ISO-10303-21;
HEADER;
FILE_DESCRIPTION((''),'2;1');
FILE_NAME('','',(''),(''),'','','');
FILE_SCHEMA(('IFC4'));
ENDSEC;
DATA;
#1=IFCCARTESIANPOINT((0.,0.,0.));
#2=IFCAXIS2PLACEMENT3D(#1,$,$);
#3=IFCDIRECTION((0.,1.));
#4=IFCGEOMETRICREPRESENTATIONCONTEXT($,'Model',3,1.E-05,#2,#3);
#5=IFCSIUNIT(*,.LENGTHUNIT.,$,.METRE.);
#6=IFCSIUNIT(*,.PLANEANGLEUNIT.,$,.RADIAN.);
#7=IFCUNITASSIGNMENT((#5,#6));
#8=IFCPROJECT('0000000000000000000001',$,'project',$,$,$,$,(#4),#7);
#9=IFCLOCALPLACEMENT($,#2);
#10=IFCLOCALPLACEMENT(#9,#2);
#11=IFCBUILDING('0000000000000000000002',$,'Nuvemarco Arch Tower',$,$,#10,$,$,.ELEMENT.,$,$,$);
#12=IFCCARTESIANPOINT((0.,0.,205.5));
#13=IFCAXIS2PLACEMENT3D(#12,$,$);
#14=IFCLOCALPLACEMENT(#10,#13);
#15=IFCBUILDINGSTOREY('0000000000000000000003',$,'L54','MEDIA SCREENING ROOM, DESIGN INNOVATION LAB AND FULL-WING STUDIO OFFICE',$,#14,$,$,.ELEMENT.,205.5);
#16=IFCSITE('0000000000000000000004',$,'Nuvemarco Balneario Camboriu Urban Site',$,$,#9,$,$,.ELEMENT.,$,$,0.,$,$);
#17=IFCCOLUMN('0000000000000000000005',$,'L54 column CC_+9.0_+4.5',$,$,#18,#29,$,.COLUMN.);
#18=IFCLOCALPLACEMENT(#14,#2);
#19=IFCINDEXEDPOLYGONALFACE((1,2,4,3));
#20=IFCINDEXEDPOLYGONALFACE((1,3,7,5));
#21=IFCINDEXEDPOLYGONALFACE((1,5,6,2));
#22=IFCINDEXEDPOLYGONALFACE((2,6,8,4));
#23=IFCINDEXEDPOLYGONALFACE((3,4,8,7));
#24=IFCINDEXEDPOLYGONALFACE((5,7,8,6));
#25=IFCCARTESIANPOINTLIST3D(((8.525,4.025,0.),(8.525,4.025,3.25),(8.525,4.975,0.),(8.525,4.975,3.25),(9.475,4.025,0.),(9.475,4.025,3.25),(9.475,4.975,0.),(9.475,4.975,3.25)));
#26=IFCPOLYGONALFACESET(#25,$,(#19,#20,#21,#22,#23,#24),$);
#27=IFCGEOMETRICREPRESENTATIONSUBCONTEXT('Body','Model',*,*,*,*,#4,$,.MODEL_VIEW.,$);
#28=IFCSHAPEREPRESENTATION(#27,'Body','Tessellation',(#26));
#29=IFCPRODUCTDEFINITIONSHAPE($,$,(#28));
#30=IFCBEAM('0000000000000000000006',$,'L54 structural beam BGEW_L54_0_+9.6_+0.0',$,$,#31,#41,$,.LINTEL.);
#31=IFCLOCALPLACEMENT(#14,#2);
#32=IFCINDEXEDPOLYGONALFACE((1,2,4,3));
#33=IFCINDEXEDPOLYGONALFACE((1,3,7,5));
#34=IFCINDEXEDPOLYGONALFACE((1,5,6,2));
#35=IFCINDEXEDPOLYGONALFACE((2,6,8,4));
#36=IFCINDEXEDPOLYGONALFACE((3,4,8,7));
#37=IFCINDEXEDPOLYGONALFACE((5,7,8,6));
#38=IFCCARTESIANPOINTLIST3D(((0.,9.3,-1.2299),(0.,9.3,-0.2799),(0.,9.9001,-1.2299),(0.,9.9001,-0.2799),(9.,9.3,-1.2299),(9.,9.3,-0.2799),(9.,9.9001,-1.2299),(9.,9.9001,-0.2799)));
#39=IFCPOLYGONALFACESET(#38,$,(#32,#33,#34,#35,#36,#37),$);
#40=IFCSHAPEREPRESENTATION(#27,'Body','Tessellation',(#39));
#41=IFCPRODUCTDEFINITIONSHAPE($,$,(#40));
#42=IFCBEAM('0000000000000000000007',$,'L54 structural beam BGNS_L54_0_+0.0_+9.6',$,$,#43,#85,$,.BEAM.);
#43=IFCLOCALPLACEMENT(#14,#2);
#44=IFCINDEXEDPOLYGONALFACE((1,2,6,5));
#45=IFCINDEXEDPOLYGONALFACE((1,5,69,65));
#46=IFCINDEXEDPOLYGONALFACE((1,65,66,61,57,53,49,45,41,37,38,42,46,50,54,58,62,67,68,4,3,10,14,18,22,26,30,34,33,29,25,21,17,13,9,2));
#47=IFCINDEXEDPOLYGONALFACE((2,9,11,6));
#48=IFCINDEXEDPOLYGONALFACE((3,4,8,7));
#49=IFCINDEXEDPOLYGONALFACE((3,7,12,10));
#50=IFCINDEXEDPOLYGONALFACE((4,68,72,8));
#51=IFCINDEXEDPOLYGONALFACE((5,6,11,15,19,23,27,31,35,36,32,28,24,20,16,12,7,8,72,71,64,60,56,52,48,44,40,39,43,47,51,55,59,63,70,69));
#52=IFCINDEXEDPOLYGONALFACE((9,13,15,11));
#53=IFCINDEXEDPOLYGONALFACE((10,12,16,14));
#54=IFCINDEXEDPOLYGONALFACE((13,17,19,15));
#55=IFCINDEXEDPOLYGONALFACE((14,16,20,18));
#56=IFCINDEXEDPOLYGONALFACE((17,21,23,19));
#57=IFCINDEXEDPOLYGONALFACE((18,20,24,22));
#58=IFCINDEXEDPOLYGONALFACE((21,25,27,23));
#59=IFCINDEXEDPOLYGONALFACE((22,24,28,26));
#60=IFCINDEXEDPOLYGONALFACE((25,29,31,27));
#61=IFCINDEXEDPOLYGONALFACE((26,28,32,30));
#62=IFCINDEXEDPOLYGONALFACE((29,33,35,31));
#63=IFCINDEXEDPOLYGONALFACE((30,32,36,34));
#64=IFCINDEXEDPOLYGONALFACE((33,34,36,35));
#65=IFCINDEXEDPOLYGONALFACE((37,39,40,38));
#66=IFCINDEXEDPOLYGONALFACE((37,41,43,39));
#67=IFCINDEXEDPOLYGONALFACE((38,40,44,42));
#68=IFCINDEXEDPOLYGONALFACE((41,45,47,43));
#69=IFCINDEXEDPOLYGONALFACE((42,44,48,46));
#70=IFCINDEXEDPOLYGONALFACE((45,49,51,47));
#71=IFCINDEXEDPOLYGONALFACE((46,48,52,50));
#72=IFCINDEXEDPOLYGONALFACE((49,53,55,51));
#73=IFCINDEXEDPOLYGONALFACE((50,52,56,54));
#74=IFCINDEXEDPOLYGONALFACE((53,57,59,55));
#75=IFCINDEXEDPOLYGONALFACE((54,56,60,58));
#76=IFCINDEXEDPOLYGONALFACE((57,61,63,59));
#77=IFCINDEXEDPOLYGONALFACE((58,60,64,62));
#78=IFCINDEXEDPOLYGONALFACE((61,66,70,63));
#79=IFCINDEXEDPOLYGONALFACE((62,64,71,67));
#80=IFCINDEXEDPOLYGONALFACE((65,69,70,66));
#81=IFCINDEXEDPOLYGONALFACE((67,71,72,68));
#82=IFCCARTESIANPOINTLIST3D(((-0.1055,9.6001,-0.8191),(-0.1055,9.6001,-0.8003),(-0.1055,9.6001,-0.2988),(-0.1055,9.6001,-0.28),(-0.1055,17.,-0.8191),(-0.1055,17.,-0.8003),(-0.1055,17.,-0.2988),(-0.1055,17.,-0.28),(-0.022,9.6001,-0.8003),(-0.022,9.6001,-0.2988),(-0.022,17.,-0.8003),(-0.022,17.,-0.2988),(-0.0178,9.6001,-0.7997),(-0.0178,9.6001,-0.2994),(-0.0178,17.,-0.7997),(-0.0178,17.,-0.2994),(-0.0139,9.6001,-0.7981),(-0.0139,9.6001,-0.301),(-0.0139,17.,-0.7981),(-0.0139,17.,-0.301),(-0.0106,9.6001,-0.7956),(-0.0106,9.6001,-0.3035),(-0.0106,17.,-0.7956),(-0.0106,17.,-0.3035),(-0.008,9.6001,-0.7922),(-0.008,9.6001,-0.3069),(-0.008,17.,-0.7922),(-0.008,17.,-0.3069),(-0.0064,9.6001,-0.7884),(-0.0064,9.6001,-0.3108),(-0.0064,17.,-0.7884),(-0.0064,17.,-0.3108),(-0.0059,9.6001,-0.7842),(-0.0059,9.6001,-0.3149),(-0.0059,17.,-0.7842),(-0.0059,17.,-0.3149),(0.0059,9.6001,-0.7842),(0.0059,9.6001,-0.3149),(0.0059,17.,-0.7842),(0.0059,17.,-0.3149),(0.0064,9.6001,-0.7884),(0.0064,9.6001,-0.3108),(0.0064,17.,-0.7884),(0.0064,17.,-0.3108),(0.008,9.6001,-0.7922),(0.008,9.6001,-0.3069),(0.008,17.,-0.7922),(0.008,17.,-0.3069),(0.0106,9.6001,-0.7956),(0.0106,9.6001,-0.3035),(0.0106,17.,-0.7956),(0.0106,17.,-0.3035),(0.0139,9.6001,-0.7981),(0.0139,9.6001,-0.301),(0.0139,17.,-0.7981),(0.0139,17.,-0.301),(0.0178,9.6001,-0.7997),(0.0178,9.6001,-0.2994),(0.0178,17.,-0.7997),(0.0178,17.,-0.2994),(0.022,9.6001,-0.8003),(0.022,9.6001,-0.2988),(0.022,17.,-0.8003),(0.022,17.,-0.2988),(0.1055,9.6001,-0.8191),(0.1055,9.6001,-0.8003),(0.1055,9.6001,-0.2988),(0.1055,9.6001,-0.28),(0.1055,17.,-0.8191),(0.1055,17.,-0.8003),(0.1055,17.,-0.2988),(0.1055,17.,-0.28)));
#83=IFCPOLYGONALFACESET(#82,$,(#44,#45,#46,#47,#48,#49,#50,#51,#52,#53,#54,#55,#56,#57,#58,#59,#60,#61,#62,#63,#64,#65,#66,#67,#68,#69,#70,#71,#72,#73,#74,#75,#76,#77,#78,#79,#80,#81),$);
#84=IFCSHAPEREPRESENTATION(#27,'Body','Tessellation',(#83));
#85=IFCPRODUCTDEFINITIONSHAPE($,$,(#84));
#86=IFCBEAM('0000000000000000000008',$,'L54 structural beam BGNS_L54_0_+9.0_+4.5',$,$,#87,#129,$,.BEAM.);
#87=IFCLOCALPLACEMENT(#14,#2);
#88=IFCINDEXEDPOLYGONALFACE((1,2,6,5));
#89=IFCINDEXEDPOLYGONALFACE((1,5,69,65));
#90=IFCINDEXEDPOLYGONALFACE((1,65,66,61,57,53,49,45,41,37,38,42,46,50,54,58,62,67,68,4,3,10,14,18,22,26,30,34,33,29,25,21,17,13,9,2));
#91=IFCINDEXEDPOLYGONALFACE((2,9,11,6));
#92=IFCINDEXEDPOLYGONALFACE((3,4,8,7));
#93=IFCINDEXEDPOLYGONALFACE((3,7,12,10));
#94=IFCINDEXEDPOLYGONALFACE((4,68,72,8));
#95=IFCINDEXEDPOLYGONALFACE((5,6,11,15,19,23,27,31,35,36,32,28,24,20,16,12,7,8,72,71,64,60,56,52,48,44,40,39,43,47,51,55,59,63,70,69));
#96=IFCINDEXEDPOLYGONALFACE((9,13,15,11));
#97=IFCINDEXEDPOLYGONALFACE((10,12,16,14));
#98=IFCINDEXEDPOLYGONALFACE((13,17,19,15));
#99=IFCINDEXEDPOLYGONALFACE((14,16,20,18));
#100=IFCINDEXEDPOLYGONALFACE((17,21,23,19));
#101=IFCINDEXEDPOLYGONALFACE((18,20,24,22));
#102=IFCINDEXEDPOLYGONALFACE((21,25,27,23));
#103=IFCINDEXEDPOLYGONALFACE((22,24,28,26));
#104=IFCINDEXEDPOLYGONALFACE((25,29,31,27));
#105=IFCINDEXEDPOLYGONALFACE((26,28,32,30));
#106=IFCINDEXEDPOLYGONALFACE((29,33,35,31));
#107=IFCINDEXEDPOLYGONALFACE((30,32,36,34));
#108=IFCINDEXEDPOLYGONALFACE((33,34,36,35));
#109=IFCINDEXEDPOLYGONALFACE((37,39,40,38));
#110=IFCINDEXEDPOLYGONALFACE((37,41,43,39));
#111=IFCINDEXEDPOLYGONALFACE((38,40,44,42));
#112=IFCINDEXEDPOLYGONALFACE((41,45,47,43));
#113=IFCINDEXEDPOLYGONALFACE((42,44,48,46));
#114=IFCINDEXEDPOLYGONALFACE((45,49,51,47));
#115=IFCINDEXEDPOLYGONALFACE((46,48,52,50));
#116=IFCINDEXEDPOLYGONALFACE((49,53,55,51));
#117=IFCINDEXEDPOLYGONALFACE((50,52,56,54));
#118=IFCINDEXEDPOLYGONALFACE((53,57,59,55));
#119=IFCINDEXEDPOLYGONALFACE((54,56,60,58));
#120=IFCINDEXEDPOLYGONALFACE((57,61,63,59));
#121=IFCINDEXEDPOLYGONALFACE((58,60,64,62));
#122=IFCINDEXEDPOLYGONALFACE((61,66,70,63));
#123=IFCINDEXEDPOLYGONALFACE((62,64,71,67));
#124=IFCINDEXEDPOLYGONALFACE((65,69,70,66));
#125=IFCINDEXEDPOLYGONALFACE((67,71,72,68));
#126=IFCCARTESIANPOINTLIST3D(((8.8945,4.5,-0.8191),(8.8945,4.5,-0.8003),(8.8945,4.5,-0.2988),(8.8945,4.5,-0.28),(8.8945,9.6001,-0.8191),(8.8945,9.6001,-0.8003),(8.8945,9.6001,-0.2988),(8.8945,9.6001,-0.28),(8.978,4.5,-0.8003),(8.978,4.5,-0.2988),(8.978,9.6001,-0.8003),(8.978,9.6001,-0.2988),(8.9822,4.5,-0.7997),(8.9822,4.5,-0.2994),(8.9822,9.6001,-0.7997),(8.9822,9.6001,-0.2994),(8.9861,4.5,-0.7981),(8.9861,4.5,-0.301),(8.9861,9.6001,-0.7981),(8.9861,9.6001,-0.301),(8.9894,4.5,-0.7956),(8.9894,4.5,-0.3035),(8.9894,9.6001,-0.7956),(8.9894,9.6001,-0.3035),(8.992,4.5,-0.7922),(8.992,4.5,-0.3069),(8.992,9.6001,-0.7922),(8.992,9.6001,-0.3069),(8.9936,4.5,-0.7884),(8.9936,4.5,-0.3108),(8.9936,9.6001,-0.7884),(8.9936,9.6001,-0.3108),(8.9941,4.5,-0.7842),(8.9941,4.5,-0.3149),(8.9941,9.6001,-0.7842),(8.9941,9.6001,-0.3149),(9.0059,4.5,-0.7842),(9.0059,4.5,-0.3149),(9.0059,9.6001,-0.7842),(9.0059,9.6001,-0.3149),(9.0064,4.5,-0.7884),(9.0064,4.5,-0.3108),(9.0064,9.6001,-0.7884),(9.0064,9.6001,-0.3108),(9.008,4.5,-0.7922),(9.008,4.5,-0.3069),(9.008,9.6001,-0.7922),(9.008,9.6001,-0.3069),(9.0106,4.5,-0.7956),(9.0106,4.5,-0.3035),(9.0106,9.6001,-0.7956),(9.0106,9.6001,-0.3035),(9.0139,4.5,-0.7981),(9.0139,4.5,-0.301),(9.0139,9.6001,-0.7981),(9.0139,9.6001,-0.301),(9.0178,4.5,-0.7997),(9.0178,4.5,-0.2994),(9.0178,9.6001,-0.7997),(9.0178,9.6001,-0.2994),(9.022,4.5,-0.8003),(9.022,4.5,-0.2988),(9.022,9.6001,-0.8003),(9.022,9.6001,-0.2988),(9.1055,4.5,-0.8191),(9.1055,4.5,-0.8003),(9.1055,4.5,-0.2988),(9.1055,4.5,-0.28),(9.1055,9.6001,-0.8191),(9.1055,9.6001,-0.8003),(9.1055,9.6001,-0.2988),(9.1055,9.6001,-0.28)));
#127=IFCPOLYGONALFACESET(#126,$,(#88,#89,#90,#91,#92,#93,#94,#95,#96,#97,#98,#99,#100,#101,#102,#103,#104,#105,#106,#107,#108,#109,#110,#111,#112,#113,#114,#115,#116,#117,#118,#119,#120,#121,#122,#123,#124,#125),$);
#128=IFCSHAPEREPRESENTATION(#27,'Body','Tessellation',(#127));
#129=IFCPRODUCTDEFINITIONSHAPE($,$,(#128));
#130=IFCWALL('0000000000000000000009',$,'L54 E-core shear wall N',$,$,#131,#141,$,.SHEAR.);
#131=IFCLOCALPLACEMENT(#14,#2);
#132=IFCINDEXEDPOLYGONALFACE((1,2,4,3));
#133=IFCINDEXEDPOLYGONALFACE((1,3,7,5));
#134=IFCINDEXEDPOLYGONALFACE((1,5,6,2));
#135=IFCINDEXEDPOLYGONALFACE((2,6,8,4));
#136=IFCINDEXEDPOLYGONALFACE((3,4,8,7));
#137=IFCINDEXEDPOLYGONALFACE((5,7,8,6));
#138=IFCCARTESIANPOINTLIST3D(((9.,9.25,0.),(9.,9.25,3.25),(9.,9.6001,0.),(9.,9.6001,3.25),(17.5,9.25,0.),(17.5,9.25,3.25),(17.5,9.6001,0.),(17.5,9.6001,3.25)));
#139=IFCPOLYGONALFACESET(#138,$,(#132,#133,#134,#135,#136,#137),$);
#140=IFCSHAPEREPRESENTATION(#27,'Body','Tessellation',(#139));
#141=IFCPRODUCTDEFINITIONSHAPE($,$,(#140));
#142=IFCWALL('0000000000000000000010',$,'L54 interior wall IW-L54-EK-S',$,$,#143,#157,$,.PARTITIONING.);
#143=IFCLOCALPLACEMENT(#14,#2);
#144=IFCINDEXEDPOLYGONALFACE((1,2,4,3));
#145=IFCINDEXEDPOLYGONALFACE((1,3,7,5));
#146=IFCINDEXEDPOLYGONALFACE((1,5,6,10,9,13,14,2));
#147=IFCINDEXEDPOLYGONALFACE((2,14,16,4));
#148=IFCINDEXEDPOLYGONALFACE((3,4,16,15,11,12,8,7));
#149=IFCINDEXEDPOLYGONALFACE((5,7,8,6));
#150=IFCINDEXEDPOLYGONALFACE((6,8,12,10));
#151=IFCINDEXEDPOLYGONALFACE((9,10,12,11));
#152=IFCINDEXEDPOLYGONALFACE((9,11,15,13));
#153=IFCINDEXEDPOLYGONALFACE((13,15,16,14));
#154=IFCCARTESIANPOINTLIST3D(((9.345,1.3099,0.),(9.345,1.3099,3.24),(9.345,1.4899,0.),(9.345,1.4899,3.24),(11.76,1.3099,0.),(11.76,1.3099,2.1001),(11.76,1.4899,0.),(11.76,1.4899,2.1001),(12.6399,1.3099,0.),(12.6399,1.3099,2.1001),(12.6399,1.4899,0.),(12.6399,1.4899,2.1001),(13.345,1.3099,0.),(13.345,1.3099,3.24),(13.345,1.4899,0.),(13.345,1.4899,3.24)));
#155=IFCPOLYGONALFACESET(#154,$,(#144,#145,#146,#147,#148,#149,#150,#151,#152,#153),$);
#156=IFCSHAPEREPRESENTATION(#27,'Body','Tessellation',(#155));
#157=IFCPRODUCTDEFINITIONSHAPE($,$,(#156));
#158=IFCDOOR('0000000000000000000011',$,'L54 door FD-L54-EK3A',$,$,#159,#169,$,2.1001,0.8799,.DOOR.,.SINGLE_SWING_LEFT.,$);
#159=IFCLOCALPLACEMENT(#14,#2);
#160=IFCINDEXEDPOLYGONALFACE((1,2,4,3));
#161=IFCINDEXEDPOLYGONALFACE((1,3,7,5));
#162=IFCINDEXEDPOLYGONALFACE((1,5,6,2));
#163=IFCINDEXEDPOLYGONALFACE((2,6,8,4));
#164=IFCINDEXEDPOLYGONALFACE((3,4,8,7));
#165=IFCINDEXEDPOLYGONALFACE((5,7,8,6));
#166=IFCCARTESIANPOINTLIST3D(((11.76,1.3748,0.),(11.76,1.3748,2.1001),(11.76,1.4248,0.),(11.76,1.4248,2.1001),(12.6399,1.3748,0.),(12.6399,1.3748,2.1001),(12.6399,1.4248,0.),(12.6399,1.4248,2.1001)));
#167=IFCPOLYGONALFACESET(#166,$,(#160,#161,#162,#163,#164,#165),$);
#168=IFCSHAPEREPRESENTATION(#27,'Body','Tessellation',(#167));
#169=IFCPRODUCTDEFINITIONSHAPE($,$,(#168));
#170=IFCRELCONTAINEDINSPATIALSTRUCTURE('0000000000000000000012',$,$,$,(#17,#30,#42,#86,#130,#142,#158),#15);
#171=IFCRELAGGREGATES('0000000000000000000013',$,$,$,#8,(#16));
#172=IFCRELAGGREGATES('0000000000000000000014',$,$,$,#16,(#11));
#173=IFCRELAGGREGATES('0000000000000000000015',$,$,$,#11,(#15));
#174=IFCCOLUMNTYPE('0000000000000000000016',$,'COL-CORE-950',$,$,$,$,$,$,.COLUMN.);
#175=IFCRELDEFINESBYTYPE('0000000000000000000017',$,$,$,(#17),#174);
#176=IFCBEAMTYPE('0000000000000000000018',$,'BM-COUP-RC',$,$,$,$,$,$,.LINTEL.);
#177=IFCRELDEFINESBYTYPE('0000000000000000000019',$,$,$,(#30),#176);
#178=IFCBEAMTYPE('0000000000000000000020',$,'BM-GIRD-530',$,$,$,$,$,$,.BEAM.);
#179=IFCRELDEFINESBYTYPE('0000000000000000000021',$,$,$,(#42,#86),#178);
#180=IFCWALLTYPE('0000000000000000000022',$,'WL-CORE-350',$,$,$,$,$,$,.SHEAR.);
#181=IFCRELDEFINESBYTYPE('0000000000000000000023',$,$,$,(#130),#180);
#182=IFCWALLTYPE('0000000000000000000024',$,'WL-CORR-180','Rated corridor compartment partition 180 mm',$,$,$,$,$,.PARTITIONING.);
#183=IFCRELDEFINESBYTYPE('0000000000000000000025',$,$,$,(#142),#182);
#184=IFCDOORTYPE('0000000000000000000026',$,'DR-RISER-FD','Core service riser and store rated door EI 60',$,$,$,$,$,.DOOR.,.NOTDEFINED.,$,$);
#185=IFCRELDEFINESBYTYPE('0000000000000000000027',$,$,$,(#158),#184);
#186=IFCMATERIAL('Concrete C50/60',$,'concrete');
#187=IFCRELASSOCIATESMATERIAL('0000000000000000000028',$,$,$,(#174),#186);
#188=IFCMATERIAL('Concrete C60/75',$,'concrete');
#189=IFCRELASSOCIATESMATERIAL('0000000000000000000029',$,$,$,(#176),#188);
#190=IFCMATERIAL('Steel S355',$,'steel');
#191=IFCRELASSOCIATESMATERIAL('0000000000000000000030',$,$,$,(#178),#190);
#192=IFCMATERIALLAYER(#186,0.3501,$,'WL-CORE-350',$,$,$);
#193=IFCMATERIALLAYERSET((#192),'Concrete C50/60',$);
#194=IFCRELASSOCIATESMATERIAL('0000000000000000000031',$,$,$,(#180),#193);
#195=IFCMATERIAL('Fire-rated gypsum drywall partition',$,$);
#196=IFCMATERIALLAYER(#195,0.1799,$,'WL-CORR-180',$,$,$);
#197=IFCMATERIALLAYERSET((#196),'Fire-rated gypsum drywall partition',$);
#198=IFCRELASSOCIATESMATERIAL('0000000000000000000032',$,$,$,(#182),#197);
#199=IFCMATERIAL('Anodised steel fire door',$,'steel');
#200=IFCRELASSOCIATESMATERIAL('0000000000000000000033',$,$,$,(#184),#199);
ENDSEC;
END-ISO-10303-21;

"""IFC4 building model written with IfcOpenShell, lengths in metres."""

from ifc_helpers import new_model, si_unit, direction, frame, frame_2d, origin, origin_2d, place, context, subcontext, project, spatial, rectangle, i_section, extrude, source, transform, mapped, material, layer, layer_set, material_profile, profile_set, type_object, type_shapes, element, fill, save


model = new_model("IFC4")

# Units and contexts
model_context = context("Model", 3, precision=1e-05, world=origin(), true_north=direction((0.0, 1.0)))
body_context = subcontext(model_context, "Body", "Model", "MODEL_VIEW")
ifc_project = project(units=[si_unit("LENGTHUNIT", "METRE"), si_unit("PLANEANGLEUNIT", "RADIAN")], contexts=[model_context])

# Site, building, storey
site_placement = place(None, origin())
site = spatial("IfcSite", under=ifc_project, at=site_placement, Name="Nuvemarco Balneario Camboriu Urban Site", CompositionType="ELEMENT", RefElevation=0.0)
building_placement = place(site_placement, origin())
building = spatial("IfcBuilding", under=site, at=building_placement, Name="Nuvemarco Arch Tower", CompositionType="ELEMENT")
storey_placement = place(building_placement, frame((0.0, 0.0, 205.5)))
storey = spatial("IfcBuildingStorey", under=building, at=storey_placement, Name="L54", Description="MEDIA SCREENING ROOM, DESIGN INNOVATION LAB AND FULL-WING STUDIO OFFICE", CompositionType="ELEMENT", Elevation=205.5)

# Column
ifc_material_1 = material(Name="Concrete C50/60", Category="concrete")
ifc_material_profile_1 = material_profile(ifc_material_1, rectangle(XDim=0.95, YDim=0.95, at=origin_2d()), Name="RC-COL-950x950")
ifc_profile_set_1 = profile_set([ifc_material_profile_1], Name="Concrete C50/60")
column_type = type_object("IfcColumnType", Name="COL-CORE-950", PredefinedType="COLUMN", material=ifc_profile_set_1)
column_placement = place(storey_placement, frame((9.0, 4.5, 0.0), z_axis=(0.0, 0.0, 1.0), x_axis=(1.0, 0.0, 0.0)))
element("IfcColumn", 1, at=column_placement, inside=storey, type_object=column_type, Name="L54 column CC_+9.0_+4.5", PredefinedType="COLUMN", context=body_context, shape_type="SweptSolid", body=[
    extrude(rectangle(XDim=0.95, YDim=0.95, at=origin_2d()), origin(), (0.0, 0.0, 1.0), 3.25),
])

# Beams
ifc_material_2 = material(Name="Concrete C60/75", Category="concrete")
ifc_material_profile_2 = material_profile(ifc_material_2, rectangle(XDim=0.6001, YDim=0.95, at=origin_2d()), Name="RC-BM-600x950")
ifc_profile_set_2 = profile_set([ifc_material_profile_2], Name="Concrete C60/75")
beam_type_1 = type_object("IfcBeamType", Name="BM-COUP-RC", PredefinedType="LINTEL", material=ifc_profile_set_2)
beam_1_placement = place(storey_placement, frame((0.0, 9.6001, -0.7549), z_axis=(1.0, 0.0, 0.0), x_axis=(0.0, 1.0, 0.0)))
element("IfcBeam", 2, at=beam_1_placement, inside=storey, type_object=beam_type_1, Name="L54 structural beam BGEW_L54_0_+9.6_+0.0", PredefinedType="LINTEL", context=body_context, shape_type="SweptSolid", body=[
    extrude(rectangle(XDim=0.6001, YDim=0.95, at=origin_2d()), origin(), (0.0, 0.0, 1.0), 9.0),
])
ifc_material_3 = material(Name="Steel S355", Category="steel")
ifc_material_profile_3 = material_profile(ifc_material_3, i_section(OverallWidth=0.2109, OverallDepth=0.5391, WebThickness=0.0117, FlangeThickness=0.0188, FilletRadius=0.0161, at=origin_2d()), Name="W530x109")
ifc_profile_set_3 = profile_set([ifc_material_profile_3], Name="Steel S355")
beam_type_2 = type_object("IfcBeamType", Name="BM-GIRD-530", PredefinedType="BEAM", material=ifc_profile_set_3)
beam_2_placement = place(storey_placement, frame((0.0, 9.6001, -0.5496), z_axis=(0.0, 1.0, 0.0), x_axis=(-1.0, 0.0, 0.0)))
element("IfcBeam", 3, at=beam_2_placement, inside=storey, type_object=beam_type_2, Name="L54 structural beam BGNS_L54_0_+0.0_+9.6", PredefinedType="BEAM", context=body_context, shape_type="SweptSolid", body=[
    extrude(i_section(OverallWidth=0.2109, OverallDepth=0.5391, WebThickness=0.0117, FlangeThickness=0.0188, FilletRadius=0.0161, at=origin_2d()), origin(), (0.0, 0.0, 1.0), 7.3999),
])
beam_3_placement = place(storey_placement, frame((9.0, 4.5, -0.5496), z_axis=(0.0, 1.0, 0.0), x_axis=(-1.0, 0.0, 0.0)))
element("IfcBeam", 4, at=beam_3_placement, inside=storey, type_object=beam_type_2, Name="L54 structural beam BGNS_L54_0_+9.0_+4.5", PredefinedType="BEAM", context=body_context, shape_type="SweptSolid", body=[
    extrude(i_section(OverallWidth=0.2109, OverallDepth=0.5391, WebThickness=0.0117, FlangeThickness=0.0188, FilletRadius=0.0161, at=origin_2d()), origin(), (0.0, 0.0, 1.0), 5.1001),
])

# Wall
ifc_layer_1 = layer(ifc_material_1, 0.3501, Name="WL-CORE-350")
ifc_layer_set_1 = layer_set([ifc_layer_1], Name="Concrete C50/60")
wall_type_1 = type_object("IfcWallType", Name="WL-CORE-350", PredefinedType="SHEAR", material=ifc_layer_set_1)
wall_1_placement = place(storey_placement, frame((9.0, 9.425, 0.0), z_axis=(0.0, 0.0, 1.0), x_axis=(1.0, 0.0, 0.0)))
element("IfcWall", 5, at=wall_1_placement, inside=storey, type_object=wall_type_1, Name="L54 E-core shear wall N", PredefinedType="SHEAR", context=body_context, shape_type="SweptSolid", body=[
    extrude(rectangle(XDim=8.5, YDim=0.3501, at=frame_2d((4.25, 0.0))), origin(), (0.0, 0.0, 1.0), 3.25),
])

# Wall, opening, door
ifc_material_4 = material(Name="Fire-rated gypsum drywall partition")
ifc_layer_2 = layer(ifc_material_4, 0.1799, Name="WL-CORR-180")
ifc_layer_set_2 = layer_set([ifc_layer_2], Name="Fire-rated gypsum drywall partition")
wall_type_2 = type_object("IfcWallType", Name="WL-CORR-180", Description="Rated corridor compartment partition 180 mm", PredefinedType="PARTITIONING", material=ifc_layer_set_2)
wall_2_placement = place(storey_placement, frame((9.345, 1.3999, 0.0), z_axis=(0.0, 0.0, 1.0), x_axis=(1.0, 0.0, 0.0)))
wall_2 = element("IfcWall", 6, at=wall_2_placement, inside=storey, type_object=wall_type_2, Name="L54 interior wall IW-L54-EK-S", PredefinedType="PARTITIONING", context=body_context, shape_type="SweptSolid", body=[
    extrude(rectangle(XDim=4.0, YDim=0.1799, at=frame_2d((2.0, 0.0))), origin(), (0.0, 0.0, 1.0), 3.24),
])
opening_1_placement = place(wall_2_placement, frame((2.415, 0.0, 0.0)))
opening_1 = element("IfcOpeningElement", 7, at=opening_1_placement, cuts=wall_2, PredefinedType="OPENING", context=body_context, shape_type="SweptSolid", body=[
    extrude(rectangle(XDim=0.8799, YDim=2.1001, at=frame_2d((0.4399, 1.05))), frame((0.0, 0.0999, 0.0), z_axis=(0.0, -1.0, 0.0), x_axis=(1.0, 0.0, 0.0)), (0.0, 0.0, 1.0), 0.2),
])
ifc_material_5 = material(Name="Anodised steel fire door", Category="steel")
door_type_1 = type_object("IfcDoorType", Name="DR-RISER-FD", Description="Core service riser and store rated door EI 60", OperationType="NOTDEFINED", PredefinedType="DOOR", material=ifc_material_5)
shared_shape_1 = source(origin(), body_context, "Body", "SweptSolid", [
    extrude(rectangle(XDim=0.8799, YDim=2.1001, at=frame_2d((0.4399, 1.05))), frame((0.0, 0.0249, 0.0), z_axis=(0.0, -1.0, 0.0), x_axis=(1.0, 0.0, 0.0)), (0.0, 0.0, 1.0), 0.05),
])
type_shapes(door_type_1, [shared_shape_1])
door_1_placement = place(opening_1_placement, origin())
door_1 = element("IfcDoor", 8, at=door_1_placement, inside=storey, type_object=door_type_1, Name="L54 door FD-L54-EK3A", OperationType="SINGLE_SWING_LEFT", OverallHeight=2.1001, OverallWidth=0.8799, PredefinedType="DOOR", context=body_context, shape_type="MappedRepresentation", body=[
    mapped(shared_shape_1, transform((0.0, 0.0, 0.0), scale=1.0)),
])
fill(opening_1, door_1)

save(model, "model.ifc")
